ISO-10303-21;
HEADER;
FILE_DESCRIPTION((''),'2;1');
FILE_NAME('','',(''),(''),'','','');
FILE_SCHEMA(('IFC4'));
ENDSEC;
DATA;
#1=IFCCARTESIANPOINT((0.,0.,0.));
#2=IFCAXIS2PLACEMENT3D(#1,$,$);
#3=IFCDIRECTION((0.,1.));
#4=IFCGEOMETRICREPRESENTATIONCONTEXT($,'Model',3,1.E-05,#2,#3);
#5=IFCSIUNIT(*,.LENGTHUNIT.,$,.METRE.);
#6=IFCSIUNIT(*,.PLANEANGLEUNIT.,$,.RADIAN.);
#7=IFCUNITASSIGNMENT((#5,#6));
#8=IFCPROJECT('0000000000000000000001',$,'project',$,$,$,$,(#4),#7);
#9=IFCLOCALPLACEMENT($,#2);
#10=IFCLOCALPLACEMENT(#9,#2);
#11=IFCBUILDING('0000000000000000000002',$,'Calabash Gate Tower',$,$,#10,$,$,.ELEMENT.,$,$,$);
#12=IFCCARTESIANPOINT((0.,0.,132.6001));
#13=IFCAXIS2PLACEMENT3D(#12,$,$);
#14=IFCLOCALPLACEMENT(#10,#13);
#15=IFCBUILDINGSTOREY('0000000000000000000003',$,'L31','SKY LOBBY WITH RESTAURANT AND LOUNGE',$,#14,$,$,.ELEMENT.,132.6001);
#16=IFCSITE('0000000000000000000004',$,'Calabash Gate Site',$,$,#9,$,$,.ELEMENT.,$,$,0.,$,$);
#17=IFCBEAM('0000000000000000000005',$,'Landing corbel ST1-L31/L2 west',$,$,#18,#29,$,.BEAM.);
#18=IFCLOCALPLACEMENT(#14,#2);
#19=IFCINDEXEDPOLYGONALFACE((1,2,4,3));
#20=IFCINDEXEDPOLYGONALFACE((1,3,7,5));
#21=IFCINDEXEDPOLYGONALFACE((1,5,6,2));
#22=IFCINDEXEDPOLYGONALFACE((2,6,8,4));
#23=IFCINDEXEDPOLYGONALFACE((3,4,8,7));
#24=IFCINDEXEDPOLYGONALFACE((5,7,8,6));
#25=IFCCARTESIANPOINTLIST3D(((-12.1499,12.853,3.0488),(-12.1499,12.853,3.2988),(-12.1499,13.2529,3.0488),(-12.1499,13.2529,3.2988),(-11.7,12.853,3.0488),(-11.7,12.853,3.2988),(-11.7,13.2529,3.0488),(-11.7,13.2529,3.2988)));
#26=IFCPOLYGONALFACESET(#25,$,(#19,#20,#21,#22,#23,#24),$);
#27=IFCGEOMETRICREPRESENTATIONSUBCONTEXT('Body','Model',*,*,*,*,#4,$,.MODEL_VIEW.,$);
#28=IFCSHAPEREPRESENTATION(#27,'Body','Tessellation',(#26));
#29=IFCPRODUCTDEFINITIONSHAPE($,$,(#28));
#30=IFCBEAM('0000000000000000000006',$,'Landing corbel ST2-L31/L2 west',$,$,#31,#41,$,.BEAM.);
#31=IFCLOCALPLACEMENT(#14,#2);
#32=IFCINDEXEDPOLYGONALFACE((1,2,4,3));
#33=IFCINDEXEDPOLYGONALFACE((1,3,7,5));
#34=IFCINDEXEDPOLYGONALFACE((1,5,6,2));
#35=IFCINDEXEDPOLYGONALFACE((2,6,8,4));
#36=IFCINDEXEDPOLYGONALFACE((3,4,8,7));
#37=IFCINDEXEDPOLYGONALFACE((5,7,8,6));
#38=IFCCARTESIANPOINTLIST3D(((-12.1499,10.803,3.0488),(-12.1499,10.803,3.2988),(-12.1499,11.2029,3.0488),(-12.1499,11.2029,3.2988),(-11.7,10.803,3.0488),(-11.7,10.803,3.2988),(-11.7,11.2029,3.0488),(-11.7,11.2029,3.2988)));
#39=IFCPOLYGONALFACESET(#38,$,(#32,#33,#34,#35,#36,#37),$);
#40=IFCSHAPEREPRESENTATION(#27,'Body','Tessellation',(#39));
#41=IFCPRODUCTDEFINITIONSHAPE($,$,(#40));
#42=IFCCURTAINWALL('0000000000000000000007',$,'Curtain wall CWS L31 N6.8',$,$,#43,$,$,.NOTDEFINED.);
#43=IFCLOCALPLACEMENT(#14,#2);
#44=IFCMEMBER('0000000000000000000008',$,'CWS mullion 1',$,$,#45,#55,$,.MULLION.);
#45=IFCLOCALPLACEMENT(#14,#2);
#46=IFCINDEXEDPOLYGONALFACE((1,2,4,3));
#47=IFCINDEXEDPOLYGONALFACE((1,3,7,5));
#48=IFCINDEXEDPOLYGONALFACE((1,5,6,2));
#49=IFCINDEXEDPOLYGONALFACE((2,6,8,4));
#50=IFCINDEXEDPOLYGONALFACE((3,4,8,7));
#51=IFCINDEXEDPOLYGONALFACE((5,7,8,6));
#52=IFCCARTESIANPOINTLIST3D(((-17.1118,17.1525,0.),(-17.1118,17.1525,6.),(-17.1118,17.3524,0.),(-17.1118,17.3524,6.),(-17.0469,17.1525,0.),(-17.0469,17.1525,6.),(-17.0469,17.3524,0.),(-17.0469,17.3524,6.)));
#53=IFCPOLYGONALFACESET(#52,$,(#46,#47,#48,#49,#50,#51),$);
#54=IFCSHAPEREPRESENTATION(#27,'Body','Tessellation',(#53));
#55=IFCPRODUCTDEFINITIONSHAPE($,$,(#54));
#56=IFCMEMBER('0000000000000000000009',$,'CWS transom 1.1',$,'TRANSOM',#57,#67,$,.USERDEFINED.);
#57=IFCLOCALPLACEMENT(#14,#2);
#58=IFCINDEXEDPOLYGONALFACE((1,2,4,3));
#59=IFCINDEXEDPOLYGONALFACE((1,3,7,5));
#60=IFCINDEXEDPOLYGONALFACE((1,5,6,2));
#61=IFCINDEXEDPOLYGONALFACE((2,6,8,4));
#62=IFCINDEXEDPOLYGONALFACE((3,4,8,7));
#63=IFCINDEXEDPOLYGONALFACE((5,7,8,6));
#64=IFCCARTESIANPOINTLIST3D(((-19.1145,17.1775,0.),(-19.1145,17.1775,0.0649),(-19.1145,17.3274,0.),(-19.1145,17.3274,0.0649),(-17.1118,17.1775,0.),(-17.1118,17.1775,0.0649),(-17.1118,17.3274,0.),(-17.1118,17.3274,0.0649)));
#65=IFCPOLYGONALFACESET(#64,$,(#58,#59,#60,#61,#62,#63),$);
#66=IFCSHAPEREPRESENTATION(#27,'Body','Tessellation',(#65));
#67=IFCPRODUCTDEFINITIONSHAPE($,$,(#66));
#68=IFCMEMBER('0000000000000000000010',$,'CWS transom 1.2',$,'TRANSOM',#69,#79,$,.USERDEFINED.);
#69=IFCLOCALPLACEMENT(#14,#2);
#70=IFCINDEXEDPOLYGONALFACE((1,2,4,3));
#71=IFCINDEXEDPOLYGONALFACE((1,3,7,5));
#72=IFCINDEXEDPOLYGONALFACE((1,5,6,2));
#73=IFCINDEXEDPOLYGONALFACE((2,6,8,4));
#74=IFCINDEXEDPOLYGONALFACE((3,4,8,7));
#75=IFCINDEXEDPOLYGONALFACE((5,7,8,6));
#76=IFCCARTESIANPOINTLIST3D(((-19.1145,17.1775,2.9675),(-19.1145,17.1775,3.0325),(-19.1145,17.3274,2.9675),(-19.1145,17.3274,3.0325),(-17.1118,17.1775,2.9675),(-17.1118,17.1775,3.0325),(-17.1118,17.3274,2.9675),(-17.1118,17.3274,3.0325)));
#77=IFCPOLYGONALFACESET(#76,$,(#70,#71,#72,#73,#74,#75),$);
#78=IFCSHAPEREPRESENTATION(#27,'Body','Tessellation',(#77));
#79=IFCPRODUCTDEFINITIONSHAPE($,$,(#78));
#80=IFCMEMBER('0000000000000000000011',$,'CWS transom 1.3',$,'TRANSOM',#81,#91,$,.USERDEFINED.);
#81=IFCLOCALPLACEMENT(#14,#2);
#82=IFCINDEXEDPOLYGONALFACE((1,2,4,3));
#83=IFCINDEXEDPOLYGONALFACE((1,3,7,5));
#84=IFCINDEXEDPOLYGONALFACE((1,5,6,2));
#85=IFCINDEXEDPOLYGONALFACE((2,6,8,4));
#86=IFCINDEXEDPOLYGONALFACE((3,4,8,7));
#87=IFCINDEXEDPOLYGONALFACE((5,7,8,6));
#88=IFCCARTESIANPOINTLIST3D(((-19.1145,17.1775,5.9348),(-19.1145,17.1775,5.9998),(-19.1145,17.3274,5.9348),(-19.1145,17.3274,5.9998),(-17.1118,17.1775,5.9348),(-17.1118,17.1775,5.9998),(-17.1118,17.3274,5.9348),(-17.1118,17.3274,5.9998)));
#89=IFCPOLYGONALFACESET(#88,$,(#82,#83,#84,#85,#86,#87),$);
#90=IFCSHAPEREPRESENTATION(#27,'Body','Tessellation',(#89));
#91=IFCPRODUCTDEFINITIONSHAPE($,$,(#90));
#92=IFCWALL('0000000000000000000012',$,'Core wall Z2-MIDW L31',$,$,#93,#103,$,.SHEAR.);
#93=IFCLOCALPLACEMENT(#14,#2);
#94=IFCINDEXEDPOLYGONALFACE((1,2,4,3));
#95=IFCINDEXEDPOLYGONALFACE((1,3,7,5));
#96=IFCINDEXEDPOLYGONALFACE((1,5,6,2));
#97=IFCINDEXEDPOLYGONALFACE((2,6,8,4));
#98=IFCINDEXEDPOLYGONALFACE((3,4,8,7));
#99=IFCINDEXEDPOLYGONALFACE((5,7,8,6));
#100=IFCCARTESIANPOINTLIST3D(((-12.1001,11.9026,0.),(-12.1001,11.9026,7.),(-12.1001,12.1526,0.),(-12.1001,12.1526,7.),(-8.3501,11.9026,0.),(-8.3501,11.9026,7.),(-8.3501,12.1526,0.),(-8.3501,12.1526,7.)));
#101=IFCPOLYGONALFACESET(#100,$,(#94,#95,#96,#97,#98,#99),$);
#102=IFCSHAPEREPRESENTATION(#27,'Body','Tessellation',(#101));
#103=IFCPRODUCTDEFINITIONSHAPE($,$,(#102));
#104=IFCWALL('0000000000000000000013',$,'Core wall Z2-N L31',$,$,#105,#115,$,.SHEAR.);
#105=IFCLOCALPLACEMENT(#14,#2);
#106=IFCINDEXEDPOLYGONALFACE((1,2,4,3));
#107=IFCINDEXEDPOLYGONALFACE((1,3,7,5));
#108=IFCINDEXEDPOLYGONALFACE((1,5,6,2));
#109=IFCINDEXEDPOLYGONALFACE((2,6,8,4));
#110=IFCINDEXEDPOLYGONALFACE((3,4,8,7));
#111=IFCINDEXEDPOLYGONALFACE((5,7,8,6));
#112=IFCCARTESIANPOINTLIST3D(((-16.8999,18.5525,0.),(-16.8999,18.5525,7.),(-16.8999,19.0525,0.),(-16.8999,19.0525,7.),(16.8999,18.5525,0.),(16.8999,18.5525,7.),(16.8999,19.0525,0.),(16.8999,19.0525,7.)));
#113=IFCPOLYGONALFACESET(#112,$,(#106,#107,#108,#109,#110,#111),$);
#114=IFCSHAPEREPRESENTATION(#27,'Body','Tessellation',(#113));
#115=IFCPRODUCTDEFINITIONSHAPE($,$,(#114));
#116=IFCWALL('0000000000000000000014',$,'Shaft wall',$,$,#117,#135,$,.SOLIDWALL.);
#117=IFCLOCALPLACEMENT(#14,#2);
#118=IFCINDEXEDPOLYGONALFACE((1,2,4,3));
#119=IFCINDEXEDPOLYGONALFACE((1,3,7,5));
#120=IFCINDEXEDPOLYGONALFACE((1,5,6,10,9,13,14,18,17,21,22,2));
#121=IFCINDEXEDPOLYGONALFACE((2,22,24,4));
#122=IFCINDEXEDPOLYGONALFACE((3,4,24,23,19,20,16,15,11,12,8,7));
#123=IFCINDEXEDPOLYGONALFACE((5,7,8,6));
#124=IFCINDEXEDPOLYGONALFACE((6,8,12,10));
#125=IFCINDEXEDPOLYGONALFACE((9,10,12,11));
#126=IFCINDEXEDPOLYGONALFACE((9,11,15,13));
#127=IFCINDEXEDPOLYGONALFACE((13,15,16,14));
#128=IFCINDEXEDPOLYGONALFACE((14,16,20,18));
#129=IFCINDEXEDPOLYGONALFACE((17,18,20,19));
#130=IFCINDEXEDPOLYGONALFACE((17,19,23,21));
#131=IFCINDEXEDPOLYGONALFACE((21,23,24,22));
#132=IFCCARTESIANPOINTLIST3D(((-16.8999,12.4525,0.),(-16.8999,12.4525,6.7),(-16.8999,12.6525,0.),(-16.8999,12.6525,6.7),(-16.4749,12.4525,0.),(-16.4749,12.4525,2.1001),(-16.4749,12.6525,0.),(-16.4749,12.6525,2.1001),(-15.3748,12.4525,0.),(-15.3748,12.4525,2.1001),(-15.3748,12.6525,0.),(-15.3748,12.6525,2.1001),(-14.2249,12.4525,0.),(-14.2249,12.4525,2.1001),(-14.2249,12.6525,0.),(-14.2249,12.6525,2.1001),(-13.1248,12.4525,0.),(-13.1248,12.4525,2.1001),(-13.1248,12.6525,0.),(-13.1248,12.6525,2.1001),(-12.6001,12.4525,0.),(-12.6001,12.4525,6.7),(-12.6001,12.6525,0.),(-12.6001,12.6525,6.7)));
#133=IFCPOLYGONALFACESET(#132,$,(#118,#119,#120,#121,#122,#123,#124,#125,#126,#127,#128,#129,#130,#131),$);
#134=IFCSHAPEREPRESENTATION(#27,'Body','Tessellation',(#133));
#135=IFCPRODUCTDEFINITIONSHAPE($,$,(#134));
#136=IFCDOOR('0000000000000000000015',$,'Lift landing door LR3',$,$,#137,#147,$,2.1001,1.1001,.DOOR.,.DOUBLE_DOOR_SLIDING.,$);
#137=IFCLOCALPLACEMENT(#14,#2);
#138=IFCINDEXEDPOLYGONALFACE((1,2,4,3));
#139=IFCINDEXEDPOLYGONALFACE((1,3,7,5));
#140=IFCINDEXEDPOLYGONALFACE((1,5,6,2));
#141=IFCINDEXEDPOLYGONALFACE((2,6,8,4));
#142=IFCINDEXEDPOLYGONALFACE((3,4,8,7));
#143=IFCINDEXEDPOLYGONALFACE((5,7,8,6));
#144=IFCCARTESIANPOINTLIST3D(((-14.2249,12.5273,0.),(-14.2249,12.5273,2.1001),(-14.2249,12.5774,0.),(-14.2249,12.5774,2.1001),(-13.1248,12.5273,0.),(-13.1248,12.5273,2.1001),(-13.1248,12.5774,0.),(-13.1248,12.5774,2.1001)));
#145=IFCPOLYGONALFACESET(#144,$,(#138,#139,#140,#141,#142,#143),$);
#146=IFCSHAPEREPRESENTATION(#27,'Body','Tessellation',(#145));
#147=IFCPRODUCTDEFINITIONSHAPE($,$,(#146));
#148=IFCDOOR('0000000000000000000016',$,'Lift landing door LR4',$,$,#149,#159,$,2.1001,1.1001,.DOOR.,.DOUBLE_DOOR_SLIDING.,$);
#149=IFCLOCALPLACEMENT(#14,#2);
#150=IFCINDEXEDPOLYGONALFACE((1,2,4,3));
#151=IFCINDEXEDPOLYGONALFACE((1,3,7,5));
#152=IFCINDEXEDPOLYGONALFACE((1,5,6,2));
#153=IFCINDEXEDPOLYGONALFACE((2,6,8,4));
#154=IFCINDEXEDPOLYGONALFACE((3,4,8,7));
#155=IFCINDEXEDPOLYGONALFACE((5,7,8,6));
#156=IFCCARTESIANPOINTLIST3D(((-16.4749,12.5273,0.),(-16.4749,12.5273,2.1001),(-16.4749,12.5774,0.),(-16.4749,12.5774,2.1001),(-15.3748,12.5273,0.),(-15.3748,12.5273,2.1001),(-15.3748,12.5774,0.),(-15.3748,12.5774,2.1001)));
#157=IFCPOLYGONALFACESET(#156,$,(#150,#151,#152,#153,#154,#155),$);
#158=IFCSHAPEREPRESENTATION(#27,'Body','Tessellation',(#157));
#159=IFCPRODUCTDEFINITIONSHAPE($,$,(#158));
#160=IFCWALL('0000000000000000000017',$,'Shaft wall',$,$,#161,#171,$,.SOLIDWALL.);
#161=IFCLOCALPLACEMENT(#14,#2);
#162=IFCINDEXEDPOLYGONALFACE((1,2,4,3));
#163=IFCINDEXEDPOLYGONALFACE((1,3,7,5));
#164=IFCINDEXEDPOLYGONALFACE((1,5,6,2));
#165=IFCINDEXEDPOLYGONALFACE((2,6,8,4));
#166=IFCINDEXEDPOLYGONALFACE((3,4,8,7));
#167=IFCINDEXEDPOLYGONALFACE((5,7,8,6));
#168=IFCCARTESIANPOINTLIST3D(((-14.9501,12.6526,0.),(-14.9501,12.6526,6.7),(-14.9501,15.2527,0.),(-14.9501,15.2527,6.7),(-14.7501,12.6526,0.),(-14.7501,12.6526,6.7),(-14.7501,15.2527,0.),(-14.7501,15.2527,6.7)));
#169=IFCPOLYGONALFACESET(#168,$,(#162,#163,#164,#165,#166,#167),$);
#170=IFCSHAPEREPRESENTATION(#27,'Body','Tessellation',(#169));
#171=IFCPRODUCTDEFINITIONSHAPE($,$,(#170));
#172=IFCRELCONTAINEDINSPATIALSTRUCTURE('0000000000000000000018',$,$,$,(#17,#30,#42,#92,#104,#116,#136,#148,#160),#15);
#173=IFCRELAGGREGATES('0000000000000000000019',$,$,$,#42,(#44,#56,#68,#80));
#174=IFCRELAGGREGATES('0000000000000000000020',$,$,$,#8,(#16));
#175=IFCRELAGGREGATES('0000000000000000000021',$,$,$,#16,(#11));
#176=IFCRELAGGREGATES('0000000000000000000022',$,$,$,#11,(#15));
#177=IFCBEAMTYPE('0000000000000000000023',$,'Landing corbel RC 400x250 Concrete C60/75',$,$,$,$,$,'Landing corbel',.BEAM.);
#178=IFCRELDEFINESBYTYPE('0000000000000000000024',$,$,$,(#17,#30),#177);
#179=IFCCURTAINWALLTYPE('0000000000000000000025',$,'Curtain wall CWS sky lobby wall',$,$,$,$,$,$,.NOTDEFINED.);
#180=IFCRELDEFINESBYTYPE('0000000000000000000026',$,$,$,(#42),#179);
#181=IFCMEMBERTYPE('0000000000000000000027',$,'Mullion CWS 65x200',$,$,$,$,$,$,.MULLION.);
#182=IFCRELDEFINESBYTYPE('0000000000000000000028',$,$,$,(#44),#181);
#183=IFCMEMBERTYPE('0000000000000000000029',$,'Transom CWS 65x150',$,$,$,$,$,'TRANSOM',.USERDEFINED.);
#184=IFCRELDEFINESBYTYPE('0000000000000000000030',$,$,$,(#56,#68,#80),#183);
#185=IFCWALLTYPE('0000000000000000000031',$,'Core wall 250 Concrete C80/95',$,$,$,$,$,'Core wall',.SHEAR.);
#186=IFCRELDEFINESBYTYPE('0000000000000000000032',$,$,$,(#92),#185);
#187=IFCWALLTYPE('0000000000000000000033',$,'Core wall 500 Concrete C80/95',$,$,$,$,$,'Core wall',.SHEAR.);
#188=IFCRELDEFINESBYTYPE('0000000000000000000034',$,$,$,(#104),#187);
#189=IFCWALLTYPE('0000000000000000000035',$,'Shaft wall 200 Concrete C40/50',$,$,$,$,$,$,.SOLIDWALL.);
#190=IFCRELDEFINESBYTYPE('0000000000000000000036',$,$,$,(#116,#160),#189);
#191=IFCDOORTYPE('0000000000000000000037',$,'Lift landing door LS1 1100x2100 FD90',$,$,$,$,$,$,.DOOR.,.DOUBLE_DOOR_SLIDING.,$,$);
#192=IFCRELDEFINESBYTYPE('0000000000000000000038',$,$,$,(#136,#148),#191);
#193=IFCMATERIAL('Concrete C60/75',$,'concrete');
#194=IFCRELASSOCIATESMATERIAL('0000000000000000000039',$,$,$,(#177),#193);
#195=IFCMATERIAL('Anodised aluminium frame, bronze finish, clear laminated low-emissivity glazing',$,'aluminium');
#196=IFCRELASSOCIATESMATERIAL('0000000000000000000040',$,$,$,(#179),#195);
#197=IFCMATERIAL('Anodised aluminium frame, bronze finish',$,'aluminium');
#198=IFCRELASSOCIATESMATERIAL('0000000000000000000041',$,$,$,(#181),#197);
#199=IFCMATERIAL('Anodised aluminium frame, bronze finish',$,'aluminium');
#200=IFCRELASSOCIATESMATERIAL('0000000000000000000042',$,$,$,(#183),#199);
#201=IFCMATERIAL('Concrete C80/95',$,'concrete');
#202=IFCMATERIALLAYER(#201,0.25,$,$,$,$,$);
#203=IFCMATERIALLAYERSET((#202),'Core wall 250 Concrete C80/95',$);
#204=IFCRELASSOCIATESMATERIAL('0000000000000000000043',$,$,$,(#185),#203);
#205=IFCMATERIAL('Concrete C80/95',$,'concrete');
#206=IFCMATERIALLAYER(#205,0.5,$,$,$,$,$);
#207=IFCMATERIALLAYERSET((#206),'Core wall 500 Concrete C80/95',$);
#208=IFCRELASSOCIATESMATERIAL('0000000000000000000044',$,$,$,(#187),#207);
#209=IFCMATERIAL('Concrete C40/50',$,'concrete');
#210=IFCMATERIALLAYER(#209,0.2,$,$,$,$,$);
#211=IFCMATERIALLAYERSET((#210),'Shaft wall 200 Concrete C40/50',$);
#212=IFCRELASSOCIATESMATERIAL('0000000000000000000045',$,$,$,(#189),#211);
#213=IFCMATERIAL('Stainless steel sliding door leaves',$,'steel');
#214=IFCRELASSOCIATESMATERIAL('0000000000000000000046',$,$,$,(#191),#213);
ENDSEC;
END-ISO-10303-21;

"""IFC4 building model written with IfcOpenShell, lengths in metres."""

from ifc_helpers import new_model, si_unit, direction, frame, frame_2d, origin, origin_2d, place, context, subcontext, project, spatial, rectangle, extrude, material, layer, layer_set, material_profile, profile_set, type_object, element, fill, aggregate, save


model = new_model("IFC4")

# Units and contexts
model_context = context("Model", 3, precision=1e-05, world=origin(), true_north=direction((0.0, 1.0)))
body_context = subcontext(model_context, "Body", "Model", "MODEL_VIEW")
ifc_project = project(units=[si_unit("LENGTHUNIT", "METRE"), si_unit("PLANEANGLEUNIT", "RADIAN")], contexts=[model_context])

# Site, building, storey
site_placement = place(None, origin())
site = spatial("IfcSite", under=ifc_project, at=site_placement, Name="Calabash Gate Site", CompositionType="ELEMENT", RefElevation=0.0)
building_placement = place(site_placement, origin())
building = spatial("IfcBuilding", under=site, at=building_placement, Name="Calabash Gate Tower", CompositionType="ELEMENT")
storey_placement = place(building_placement, frame((0.0, 0.0, 132.6001)))
storey = spatial("IfcBuildingStorey", under=building, at=storey_placement, Name="L31", Description="SKY LOBBY WITH RESTAURANT AND LOUNGE", CompositionType="ELEMENT", Elevation=132.6001)

# Beams
ifc_material_1 = material(Name="Concrete C60/75", Category="concrete")
ifc_material_profile_1 = material_profile(ifc_material_1, rectangle(XDim=0.3999, YDim=0.25, at=origin_2d()))
ifc_profile_set_1 = profile_set([ifc_material_profile_1], Name="Concrete C60/75")
beam_type = type_object("IfcBeamType", Name="Landing corbel RC 400x250 Concrete C60/75", ElementType="Landing corbel", PredefinedType="BEAM", material=ifc_profile_set_1)
for number, where, z_axis, x_axis, name in (
    (1, (-12.1499, 13.053, 3.1738), (1.0, 0.0, 0.0), (0.0, 1.0, 0.0), "Landing corbel ST1-L31/L2 west"),
    (2, (-12.1499, 11.0029, 3.1738), (1.0, 0.0, 0.0), (0.0, 1.0, 0.0), "Landing corbel ST2-L31/L2 west"),
):
    element("IfcBeam", number, at=place(storey_placement, frame(where, z_axis=z_axis, x_axis=x_axis)), inside=storey, type_object=beam_type, Name=name, PredefinedType="BEAM", context=body_context, shape_type="SweptSolid", body=[
        extrude(rectangle(XDim=0.3999, YDim=0.25, at=origin_2d()), origin(), (0.0, 0.0, 1.0), 0.45),
    ])

# Curtain wall, members
ifc_material_2 = material(Name="Anodised aluminium frame, bronze finish, clear laminated low-emissivity glazing", Category="aluminium")
curtain_wall_type = type_object("IfcCurtainWallType", Name="Curtain wall CWS sky lobby wall", PredefinedType="NOTDEFINED", material=ifc_material_2)
curtain_wall_placement = place(storey_placement, origin())
curtain_wall = element("IfcCurtainWall", 3, at=curtain_wall_placement, inside=storey, type_object=curtain_wall_type, Name="Curtain wall CWS L31 N6.8", PredefinedType="NOTDEFINED")
ifc_material_3 = material(Name="Anodised aluminium frame, bronze finish", Category="aluminium")
ifc_material_profile_2 = material_profile(ifc_material_3, rectangle(XDim=0.2, YDim=0.0649, at=origin_2d()))
ifc_profile_set_2 = profile_set([ifc_material_profile_2], Name="Anodised aluminium frame, bronze finish")
member_type_1 = type_object("IfcMemberType", Name="Mullion CWS 65x200", PredefinedType="MULLION", material=ifc_profile_set_2)
member_1_placement = place(storey_placement, frame((-17.0793, 17.2524, 0.0), z_axis=(0.0, 0.0, 1.0), x_axis=(0.0, -1.0, 0.0)))
member_1 = element("IfcMember", 4, at=member_1_placement, type_object=member_type_1, Name="CWS mullion 1", PredefinedType="MULLION", context=body_context, shape_type="SweptSolid", body=[
    extrude(rectangle(XDim=0.2, YDim=0.0649, at=origin_2d()), origin(), (0.0, 0.0, 1.0), 6.0),
])
ifc_material_4 = material(Name="Anodised aluminium frame, bronze finish", Category="aluminium")
ifc_material_profile_3 = material_profile(ifc_material_4, rectangle(XDim=0.1499, YDim=0.0649, at=origin_2d()))
ifc_profile_set_3 = profile_set([ifc_material_profile_3], Name="Anodised aluminium frame, bronze finish")
member_type_2 = type_object("IfcMemberType", Name="Transom CWS 65x150", ElementType="TRANSOM", PredefinedType="USERDEFINED", material=ifc_profile_set_3)
member_2_placement = place(storey_placement, frame((-17.1118, 17.2524, 0.0325), z_axis=(-1.0, 0.0, 0.0), x_axis=(0.0, -1.0, 0.0)))
member_2 = element("IfcMember", 5, at=member_2_placement, type_object=member_type_2, Name="CWS transom 1.1", ObjectType="TRANSOM", PredefinedType="USERDEFINED", context=body_context, shape_type="SweptSolid", body=[
    extrude(rectangle(XDim=0.1499, YDim=0.0649, at=origin_2d()), origin(), (0.0, 0.0, 1.0), 2.0027),
])
member_3_placement = place(storey_placement, frame((-17.1118, 17.2524, 3.0), z_axis=(-1.0, 0.0, 0.0), x_axis=(0.0, -1.0, 0.0)))
member_3 = element("IfcMember", 6, at=member_3_placement, type_object=member_type_2, Name="CWS transom 1.2", ObjectType="TRANSOM", PredefinedType="USERDEFINED", context=body_context, shape_type="SweptSolid", body=[
    extrude(rectangle(XDim=0.1499, YDim=0.0649, at=origin_2d()), origin(), (0.0, 0.0, 1.0), 2.0027),
])
member_4_placement = place(storey_placement, frame((-17.1118, 17.2524, 5.9673), z_axis=(-1.0, 0.0, 0.0), x_axis=(0.0, -1.0, 0.0)))
member_4 = element("IfcMember", 7, at=member_4_placement, type_object=member_type_2, Name="CWS transom 1.3", ObjectType="TRANSOM", PredefinedType="USERDEFINED", context=body_context, shape_type="SweptSolid", body=[
    extrude(rectangle(XDim=0.1499, YDim=0.0649, at=origin_2d()), origin(), (0.0, 0.0, 1.0), 2.0027),
])
aggregate(curtain_wall, [member_1, member_2, member_3, member_4])

# Walls
ifc_material_5 = material(Name="Concrete C80/95", Category="concrete")
ifc_layer_1 = layer(ifc_material_5, 0.25)
ifc_layer_set_1 = layer_set([ifc_layer_1], Name="Core wall 250 Concrete C80/95")
wall_type_1 = type_object("IfcWallType", Name="Core wall 250 Concrete C80/95", ElementType="Core wall", PredefinedType="SHEAR", material=ifc_layer_set_1)
wall_1_placement = place(storey_placement, frame((-12.1001, 12.0276, 0.0), z_axis=(0.0, 0.0, 1.0), x_axis=(1.0, 0.0, 0.0)))
element("IfcWall", 8, at=wall_1_placement, inside=storey, type_object=wall_type_1, Name="Core wall Z2-MIDW L31", PredefinedType="SHEAR", context=body_context, shape_type="SweptSolid", body=[
    extrude(rectangle(XDim=3.75, YDim=0.25, at=frame_2d((1.875, 0.0))), origin(), (0.0, 0.0, 1.0), 7.0),
])
ifc_material_6 = material(Name="Concrete C80/95", Category="concrete")
ifc_layer_2 = layer(ifc_material_6, 0.5)
ifc_layer_set_2 = layer_set([ifc_layer_2], Name="Core wall 500 Concrete C80/95")
wall_type_2 = type_object("IfcWallType", Name="Core wall 500 Concrete C80/95", ElementType="Core wall", PredefinedType="SHEAR", material=ifc_layer_set_2)
wall_2_placement = place(storey_placement, frame((-16.8999, 18.8025, 0.0), z_axis=(0.0, 0.0, 1.0), x_axis=(1.0, 0.0, 0.0)))
element("IfcWall", 9, at=wall_2_placement, inside=storey, type_object=wall_type_2, Name="Core wall Z2-N L31", PredefinedType="SHEAR", context=body_context, shape_type="SweptSolid", body=[
    extrude(rectangle(XDim=33.7998, YDim=0.5, at=frame_2d((16.8999, 0.0))), origin(), (0.0, 0.0, 1.0), 7.0),
])

# Wall, openings, doors
ifc_material_7 = material(Name="Concrete C40/50", Category="concrete")
ifc_layer_3 = layer(ifc_material_7, 0.2)
ifc_layer_set_3 = layer_set([ifc_layer_3], Name="Shaft wall 200 Concrete C40/50")
wall_type_3 = type_object("IfcWallType", Name="Shaft wall 200 Concrete C40/50", PredefinedType="SOLIDWALL", material=ifc_layer_set_3)
wall_3_placement = place(storey_placement, frame((-16.8999, 12.5525, 0.0), z_axis=(0.0, 0.0, 1.0), x_axis=(1.0, 0.0, 0.0)))
wall_3 = element("IfcWall", 10, at=wall_3_placement, inside=storey, type_object=wall_type_3, Name="Shaft wall", PredefinedType="SOLIDWALL", context=body_context, shape_type="SweptSolid", body=[
    extrude(rectangle(XDim=4.2998, YDim=0.2, at=frame_2d((2.1499, 0.0))), origin(), (0.0, 0.0, 1.0), 6.7),
])
opening_1_placement = place(wall_3_placement, frame((2.675, 0.0, 0.0)))
opening_1 = element("IfcOpeningElement", 11, at=opening_1_placement, cuts=wall_3, PredefinedType="OPENING", context=body_context, shape_type="SweptSolid", body=[
    extrude(rectangle(XDim=1.1001, YDim=2.1001, at=frame_2d((0.55, 1.05))), frame((0.0, 0.1099, 0.0), z_axis=(0.0, -1.0, 0.0), x_axis=(1.0, 0.0, 0.0)), (0.0, 0.0, 1.0), 0.22),
])
opening_2_placement = place(wall_3_placement, frame((0.425, 0.0, 0.0)))
opening_2 = element("IfcOpeningElement", 12, at=opening_2_placement, cuts=wall_3, PredefinedType="OPENING", context=body_context, shape_type="SweptSolid", body=[
    extrude(rectangle(XDim=1.1001, YDim=2.1001, at=frame_2d((0.55, 1.05))), frame((0.0, 0.1099, 0.0), z_axis=(0.0, -1.0, 0.0), x_axis=(1.0, 0.0, 0.0)), (0.0, 0.0, 1.0), 0.22),
])
ifc_material_8 = material(Name="Stainless steel sliding door leaves", Category="steel")
door_type = type_object("IfcDoorType", Name="Lift landing door LS1 1100x2100 FD90", OperationType="DOUBLE_DOOR_SLIDING", PredefinedType="DOOR", material=ifc_material_8)
door_1_placement = place(opening_1_placement, origin())
door_1 = element("IfcDoor", 13, at=door_1_placement, inside=storey, type_object=door_type, Name="Lift landing door LR3", OperationType="DOUBLE_DOOR_SLIDING", OverallHeight=2.1001, OverallWidth=1.1001, PredefinedType="DOOR", context=body_context, shape_type="SweptSolid", body=[
    extrude(rectangle(XDim=1.1001, YDim=2.1001, at=frame_2d((0.55, 1.05))), frame((0.0, 0.0249, 0.0), z_axis=(0.0, -1.0, 0.0), x_axis=(1.0, 0.0, 0.0)), (0.0, 0.0, 1.0), 0.05),
])
fill(opening_1, door_1)
door_2_placement = place(opening_2_placement, origin())
door_2 = element("IfcDoor", 14, at=door_2_placement, inside=storey, type_object=door_type, Name="Lift landing door LR4", OperationType="DOUBLE_DOOR_SLIDING", OverallHeight=2.1001, OverallWidth=1.1001, PredefinedType="DOOR", context=body_context, shape_type="SweptSolid", body=[
    extrude(rectangle(XDim=1.1001, YDim=2.1001, at=frame_2d((0.55, 1.05))), frame((0.0, 0.0249, 0.0), z_axis=(0.0, -1.0, 0.0), x_axis=(1.0, 0.0, 0.0)), (0.0, 0.0, 1.0), 0.05),
])
fill(opening_2, door_2)

# Wall
wall_4_placement = place(storey_placement, frame((-14.8501, 12.6526, 0.0), z_axis=(0.0, 0.0, 1.0), x_axis=(0.0, 1.0, 0.0)))
element("IfcWall", 15, at=wall_4_placement, inside=storey, type_object=wall_type_3, Name="Shaft wall", PredefinedType="SOLIDWALL", context=body_context, shape_type="SweptSolid", body=[
    extrude(rectangle(XDim=2.6001, YDim=0.2, at=frame_2d((1.3, 0.0))), origin(), (0.0, 0.0, 1.0), 6.7),
])

save(model, "model.ifc")
